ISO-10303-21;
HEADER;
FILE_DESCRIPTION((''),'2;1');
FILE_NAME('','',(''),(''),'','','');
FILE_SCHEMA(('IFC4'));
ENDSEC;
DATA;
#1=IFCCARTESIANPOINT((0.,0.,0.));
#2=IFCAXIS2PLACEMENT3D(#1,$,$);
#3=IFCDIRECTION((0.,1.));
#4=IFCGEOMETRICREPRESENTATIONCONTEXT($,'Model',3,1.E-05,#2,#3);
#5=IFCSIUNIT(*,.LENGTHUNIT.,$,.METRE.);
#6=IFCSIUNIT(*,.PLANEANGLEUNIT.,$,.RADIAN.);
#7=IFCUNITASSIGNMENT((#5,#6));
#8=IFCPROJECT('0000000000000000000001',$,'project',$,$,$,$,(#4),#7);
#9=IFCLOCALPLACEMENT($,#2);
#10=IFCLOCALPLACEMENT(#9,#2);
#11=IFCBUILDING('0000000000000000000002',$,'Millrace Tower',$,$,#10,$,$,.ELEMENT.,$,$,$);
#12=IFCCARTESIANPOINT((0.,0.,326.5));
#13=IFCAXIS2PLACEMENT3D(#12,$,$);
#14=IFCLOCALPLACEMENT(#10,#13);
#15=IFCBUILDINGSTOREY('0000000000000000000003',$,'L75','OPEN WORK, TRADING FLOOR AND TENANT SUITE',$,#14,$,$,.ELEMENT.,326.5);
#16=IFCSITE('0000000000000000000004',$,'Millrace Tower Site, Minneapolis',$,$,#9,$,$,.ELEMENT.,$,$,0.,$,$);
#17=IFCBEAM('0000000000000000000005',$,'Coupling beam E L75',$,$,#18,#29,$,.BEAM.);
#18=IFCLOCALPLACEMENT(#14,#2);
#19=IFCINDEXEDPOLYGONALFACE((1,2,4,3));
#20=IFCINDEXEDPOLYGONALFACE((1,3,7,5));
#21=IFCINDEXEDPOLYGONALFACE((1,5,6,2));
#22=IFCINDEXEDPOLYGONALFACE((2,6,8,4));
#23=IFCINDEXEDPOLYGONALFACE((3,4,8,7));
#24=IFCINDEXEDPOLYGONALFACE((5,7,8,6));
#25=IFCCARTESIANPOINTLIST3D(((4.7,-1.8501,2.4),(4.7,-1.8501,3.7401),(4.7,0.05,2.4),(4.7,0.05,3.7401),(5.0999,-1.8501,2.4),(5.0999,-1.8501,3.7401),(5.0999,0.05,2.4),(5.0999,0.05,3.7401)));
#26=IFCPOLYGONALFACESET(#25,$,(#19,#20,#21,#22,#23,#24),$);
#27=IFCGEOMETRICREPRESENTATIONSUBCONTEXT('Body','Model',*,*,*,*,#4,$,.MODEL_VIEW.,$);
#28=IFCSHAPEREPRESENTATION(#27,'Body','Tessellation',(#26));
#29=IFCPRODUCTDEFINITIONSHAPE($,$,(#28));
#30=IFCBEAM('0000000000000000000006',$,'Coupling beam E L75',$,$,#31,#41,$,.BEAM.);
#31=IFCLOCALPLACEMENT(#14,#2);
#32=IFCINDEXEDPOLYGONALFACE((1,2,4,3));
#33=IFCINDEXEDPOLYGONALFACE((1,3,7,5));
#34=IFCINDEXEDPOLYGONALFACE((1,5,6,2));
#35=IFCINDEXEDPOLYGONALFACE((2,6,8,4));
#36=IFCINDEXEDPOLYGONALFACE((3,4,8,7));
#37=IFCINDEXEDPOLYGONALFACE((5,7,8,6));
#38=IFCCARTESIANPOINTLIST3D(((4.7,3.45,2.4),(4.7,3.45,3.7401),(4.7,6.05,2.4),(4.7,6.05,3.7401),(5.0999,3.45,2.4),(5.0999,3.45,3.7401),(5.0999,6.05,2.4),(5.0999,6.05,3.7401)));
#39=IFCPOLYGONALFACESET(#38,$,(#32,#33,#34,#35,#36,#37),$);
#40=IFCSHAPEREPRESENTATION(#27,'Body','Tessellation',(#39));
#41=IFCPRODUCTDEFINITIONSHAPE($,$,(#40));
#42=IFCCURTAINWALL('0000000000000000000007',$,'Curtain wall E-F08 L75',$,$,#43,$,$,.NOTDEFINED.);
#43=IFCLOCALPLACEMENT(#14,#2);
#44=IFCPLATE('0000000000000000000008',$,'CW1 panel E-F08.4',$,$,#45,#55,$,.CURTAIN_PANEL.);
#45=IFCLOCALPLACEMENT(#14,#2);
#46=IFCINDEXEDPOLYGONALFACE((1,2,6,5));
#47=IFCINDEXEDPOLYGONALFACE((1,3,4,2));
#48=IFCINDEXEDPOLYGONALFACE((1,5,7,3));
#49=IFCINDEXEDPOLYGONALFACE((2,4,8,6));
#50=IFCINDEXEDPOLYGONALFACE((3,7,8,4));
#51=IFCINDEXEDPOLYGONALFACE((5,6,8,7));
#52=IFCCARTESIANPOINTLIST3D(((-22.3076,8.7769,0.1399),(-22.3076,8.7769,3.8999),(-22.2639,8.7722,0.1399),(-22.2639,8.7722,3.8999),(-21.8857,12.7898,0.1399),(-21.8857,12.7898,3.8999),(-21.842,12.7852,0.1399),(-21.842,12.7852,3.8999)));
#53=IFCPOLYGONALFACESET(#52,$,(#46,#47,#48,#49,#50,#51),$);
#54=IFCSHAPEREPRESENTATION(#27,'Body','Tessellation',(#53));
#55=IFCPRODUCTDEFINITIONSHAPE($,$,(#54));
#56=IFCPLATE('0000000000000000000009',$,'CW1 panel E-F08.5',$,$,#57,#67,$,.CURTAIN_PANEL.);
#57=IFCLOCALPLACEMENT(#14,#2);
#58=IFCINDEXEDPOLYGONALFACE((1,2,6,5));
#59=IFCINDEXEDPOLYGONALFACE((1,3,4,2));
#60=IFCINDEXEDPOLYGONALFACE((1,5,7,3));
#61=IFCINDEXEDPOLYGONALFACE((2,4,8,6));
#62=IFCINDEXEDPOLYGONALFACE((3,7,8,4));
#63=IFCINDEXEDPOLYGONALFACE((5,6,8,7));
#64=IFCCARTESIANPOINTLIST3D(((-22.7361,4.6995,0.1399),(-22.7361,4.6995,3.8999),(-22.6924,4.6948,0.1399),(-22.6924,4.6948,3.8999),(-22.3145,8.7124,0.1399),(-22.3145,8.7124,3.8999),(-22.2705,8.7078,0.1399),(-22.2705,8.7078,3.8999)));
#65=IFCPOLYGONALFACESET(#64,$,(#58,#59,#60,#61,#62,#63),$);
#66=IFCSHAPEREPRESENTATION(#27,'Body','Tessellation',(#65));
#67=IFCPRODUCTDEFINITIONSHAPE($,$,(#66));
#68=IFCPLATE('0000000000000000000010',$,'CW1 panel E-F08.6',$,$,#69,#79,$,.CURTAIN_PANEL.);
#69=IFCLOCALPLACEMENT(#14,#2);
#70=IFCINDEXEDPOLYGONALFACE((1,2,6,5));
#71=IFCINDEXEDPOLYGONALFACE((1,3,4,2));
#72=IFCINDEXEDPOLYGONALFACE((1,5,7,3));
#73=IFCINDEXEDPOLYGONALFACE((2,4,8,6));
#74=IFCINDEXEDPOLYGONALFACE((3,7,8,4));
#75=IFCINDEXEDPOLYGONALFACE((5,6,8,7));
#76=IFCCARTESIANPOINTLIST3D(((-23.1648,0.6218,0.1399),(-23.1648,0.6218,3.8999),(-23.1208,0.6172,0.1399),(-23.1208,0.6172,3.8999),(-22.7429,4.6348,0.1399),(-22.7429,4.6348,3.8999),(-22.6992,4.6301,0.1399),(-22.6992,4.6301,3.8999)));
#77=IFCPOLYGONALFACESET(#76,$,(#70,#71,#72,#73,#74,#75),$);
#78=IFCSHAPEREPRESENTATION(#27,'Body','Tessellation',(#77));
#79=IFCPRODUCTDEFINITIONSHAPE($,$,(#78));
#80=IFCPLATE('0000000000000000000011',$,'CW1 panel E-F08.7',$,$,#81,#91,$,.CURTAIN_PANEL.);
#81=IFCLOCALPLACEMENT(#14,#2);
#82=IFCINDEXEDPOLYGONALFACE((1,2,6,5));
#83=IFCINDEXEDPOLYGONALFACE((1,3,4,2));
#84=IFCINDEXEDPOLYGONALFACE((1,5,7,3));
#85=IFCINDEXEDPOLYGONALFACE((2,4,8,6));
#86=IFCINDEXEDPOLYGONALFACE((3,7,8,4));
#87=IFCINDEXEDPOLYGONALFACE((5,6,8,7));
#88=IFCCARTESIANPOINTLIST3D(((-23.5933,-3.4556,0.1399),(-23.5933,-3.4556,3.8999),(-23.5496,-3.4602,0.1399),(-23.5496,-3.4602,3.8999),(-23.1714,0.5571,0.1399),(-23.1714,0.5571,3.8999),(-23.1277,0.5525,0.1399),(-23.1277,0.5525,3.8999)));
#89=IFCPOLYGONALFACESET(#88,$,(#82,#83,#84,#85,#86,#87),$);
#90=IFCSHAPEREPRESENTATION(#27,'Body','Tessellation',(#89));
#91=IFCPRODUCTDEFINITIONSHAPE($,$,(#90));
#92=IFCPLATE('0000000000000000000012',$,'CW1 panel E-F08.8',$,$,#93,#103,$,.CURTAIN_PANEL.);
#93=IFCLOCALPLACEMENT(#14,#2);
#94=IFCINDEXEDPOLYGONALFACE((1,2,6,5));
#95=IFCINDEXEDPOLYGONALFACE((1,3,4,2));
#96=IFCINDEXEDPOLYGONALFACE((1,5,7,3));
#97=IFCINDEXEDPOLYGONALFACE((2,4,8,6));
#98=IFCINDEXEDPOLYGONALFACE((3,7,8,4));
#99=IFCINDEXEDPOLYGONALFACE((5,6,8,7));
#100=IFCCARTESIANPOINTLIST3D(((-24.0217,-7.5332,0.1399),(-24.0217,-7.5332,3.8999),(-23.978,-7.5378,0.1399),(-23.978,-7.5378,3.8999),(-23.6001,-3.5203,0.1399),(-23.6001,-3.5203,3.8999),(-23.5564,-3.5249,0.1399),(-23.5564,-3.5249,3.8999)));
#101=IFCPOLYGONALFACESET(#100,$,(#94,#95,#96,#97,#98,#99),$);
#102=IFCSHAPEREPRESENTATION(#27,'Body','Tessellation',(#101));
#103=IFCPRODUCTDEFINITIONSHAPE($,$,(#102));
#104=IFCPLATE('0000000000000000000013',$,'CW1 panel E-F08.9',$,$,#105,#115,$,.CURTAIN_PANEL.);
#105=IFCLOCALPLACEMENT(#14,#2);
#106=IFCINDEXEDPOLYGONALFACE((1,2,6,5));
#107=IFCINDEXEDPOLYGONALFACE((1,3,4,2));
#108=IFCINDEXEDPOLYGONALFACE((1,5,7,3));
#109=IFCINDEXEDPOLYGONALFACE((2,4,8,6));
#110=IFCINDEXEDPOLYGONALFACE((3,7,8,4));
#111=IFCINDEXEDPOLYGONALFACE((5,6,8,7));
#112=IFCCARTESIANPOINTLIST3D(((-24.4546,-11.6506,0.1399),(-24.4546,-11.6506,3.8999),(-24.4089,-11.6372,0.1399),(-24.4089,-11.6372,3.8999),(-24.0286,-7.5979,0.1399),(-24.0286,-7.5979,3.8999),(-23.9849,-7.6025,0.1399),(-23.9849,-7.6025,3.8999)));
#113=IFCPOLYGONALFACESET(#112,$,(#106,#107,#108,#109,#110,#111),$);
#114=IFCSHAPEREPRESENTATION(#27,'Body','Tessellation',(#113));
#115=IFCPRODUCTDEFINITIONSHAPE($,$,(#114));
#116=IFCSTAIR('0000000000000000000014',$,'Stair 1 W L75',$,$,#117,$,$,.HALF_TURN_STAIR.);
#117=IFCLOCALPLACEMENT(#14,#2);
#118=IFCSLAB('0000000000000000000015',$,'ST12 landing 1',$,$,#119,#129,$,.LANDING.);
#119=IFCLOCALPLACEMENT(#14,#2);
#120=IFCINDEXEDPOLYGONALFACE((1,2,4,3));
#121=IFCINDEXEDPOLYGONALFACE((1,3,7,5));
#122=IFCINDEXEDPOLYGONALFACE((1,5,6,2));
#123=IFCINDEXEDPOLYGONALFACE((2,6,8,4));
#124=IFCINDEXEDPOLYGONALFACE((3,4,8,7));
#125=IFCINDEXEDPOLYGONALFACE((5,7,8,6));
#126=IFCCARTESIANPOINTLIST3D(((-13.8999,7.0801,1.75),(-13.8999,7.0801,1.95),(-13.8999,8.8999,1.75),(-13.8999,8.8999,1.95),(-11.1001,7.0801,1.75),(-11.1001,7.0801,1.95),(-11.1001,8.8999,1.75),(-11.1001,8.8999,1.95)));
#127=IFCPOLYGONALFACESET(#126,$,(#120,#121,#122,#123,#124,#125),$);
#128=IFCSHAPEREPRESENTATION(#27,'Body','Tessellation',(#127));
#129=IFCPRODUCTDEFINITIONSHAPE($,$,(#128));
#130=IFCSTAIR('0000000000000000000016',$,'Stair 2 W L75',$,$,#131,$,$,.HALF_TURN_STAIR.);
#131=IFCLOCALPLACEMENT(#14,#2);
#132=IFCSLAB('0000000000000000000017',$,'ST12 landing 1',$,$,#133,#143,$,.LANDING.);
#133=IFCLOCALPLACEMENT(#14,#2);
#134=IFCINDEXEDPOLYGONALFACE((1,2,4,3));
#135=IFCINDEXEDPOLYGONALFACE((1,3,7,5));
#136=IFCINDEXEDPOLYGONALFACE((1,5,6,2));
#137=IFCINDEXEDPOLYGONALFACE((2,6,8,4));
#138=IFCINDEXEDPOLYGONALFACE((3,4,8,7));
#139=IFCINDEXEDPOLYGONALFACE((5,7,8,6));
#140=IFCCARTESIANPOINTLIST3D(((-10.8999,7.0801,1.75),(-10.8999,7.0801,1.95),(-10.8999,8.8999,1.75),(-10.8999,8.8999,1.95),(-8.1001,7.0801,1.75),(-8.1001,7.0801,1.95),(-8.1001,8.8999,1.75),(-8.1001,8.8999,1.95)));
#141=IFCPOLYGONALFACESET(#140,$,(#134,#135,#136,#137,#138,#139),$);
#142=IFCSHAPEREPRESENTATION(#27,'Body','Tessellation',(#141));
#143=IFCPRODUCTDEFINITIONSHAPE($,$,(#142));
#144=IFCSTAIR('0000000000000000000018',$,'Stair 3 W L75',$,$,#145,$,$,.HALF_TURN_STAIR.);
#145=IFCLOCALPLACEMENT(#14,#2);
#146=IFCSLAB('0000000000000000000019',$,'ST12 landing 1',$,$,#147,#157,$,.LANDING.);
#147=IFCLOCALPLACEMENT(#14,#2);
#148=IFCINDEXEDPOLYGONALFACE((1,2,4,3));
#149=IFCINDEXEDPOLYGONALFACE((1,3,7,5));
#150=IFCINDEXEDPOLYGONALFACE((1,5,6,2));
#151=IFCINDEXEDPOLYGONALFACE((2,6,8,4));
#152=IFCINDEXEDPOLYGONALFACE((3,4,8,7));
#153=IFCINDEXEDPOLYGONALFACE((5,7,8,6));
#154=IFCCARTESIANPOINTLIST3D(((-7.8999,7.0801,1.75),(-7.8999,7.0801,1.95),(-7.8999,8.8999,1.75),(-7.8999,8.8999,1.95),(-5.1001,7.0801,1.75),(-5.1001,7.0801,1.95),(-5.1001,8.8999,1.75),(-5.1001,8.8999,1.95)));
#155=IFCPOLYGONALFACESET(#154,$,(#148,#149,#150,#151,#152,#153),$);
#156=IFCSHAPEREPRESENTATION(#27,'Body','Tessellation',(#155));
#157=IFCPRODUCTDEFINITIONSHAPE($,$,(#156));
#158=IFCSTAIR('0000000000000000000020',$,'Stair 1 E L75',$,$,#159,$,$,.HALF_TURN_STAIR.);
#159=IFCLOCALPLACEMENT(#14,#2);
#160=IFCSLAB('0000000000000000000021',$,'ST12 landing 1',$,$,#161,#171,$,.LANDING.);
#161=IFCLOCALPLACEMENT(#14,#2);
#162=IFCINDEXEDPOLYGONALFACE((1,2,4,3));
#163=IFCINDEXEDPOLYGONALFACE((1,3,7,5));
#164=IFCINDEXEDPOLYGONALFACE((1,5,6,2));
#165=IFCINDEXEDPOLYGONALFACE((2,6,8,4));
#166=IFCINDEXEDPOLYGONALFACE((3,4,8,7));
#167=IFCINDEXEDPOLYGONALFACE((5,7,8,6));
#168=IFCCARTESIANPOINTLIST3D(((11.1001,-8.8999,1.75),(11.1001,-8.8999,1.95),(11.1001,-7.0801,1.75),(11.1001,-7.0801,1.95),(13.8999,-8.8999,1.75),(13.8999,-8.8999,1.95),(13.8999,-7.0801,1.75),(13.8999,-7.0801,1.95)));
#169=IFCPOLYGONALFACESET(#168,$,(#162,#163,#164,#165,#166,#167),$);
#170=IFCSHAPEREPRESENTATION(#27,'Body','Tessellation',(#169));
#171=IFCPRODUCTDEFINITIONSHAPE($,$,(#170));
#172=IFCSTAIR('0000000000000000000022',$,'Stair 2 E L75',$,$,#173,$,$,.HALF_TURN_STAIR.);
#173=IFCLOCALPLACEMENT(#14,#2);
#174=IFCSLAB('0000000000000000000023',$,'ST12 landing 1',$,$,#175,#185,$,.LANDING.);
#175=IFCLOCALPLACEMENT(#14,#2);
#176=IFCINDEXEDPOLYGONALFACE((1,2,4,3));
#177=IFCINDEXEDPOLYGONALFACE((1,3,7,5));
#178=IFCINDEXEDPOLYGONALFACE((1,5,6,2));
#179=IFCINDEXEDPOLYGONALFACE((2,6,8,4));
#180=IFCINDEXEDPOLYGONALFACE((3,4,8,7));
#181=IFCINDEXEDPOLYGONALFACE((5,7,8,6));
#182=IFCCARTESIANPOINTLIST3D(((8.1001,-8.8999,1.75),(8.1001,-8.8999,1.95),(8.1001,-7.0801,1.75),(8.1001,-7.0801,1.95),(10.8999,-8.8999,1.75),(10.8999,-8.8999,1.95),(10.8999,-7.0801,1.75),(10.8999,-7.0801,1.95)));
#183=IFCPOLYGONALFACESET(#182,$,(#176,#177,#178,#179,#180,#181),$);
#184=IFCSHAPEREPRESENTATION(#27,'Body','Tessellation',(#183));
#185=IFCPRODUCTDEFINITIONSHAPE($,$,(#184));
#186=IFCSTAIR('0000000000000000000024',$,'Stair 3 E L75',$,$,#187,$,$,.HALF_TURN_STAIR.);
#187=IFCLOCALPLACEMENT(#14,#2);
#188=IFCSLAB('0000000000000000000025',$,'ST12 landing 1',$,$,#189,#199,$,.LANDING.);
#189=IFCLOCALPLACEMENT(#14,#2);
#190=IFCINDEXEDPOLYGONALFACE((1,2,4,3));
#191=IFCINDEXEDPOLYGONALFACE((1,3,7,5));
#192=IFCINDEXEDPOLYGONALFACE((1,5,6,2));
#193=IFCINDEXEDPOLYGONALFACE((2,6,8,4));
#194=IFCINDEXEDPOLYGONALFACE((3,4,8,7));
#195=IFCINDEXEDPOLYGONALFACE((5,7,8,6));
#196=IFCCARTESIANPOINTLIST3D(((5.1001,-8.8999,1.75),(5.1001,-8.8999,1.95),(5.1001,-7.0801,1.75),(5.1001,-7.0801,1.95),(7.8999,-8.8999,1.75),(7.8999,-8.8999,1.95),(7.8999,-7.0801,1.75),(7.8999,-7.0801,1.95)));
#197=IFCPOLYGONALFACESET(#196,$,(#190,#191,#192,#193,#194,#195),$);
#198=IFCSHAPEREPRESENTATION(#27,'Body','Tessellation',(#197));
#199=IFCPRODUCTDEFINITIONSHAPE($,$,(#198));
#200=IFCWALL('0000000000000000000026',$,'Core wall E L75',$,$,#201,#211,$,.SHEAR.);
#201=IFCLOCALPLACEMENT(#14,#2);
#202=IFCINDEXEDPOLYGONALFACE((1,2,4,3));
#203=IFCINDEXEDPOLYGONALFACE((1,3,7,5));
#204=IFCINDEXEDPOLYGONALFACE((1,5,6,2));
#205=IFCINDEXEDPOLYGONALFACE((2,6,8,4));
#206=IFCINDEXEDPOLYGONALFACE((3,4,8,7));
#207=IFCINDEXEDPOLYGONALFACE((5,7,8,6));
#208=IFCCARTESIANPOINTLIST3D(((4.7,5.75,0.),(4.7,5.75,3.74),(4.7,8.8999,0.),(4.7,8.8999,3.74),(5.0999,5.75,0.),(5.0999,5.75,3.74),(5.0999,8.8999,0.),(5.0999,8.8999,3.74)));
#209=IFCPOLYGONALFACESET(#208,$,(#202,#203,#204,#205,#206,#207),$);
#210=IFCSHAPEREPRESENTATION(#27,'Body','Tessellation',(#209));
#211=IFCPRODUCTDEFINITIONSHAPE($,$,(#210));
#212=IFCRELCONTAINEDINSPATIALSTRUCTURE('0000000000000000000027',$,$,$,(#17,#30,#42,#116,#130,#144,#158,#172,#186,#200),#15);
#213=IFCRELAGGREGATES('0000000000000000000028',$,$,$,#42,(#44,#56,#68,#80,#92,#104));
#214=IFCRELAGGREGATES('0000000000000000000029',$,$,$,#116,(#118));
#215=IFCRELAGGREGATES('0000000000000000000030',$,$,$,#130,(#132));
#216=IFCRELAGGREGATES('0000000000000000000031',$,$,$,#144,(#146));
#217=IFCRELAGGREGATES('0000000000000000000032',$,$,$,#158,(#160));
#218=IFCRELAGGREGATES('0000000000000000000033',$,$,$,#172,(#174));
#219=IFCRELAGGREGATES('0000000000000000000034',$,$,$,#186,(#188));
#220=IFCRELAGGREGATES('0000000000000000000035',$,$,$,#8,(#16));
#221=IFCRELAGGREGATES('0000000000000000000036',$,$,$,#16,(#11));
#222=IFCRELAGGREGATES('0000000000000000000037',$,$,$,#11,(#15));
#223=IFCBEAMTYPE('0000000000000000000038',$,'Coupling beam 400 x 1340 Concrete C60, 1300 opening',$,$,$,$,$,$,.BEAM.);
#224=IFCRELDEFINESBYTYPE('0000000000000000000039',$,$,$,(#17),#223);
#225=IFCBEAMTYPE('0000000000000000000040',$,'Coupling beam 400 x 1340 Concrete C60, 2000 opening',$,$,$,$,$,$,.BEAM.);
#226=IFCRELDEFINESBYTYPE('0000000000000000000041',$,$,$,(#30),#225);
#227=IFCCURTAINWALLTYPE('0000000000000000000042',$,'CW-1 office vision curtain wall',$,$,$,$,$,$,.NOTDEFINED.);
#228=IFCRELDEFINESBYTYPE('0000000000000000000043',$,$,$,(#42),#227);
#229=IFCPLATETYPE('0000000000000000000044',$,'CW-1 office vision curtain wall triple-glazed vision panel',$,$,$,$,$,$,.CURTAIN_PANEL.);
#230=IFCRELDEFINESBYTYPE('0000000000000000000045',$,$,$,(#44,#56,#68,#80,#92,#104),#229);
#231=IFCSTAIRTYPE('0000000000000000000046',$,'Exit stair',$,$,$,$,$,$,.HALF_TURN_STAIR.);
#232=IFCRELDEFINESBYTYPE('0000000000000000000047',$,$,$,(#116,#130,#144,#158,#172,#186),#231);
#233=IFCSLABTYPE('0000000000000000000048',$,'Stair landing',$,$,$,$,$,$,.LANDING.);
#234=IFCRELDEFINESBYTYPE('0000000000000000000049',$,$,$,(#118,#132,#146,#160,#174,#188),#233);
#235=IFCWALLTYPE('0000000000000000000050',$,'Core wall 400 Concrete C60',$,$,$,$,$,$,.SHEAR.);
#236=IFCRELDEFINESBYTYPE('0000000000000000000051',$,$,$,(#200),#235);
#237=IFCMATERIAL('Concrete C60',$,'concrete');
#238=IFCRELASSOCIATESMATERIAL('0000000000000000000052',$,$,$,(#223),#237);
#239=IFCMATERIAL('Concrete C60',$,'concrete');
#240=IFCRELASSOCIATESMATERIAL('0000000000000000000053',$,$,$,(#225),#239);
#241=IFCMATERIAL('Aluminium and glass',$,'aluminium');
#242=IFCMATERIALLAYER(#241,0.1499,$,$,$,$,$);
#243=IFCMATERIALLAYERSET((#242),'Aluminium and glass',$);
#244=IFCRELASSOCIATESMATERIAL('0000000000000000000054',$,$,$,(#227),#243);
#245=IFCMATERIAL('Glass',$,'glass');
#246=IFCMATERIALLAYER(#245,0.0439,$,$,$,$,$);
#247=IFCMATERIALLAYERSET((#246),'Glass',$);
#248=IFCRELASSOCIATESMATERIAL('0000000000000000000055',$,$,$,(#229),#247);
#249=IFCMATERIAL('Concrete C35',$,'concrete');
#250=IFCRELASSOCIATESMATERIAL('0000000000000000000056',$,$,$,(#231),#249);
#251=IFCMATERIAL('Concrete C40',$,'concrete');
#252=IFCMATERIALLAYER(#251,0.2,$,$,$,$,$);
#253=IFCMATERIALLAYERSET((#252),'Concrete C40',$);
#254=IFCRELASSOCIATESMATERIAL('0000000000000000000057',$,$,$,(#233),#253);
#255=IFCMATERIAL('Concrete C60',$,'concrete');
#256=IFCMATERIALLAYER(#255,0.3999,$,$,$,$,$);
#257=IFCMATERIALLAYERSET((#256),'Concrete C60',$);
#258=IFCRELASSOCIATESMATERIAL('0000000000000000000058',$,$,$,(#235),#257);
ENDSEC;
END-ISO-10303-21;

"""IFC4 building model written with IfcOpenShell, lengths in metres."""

from ifc_helpers import new_model, si_unit, direction, frame, frame_2d, origin, origin_2d, place, context, subcontext, project, spatial, polyline, rectangle, outline, extrude, material, layer, layer_set, material_profile, profile_set, type_object, element, aggregate, save


model = new_model("IFC4")

# Units and contexts
model_context = context("Model", 3, precision=1e-05, world=origin(), true_north=direction((0.0, 1.0)))
body_context = subcontext(model_context, "Body", "Model", "MODEL_VIEW")
ifc_project = project(units=[si_unit("LENGTHUNIT", "METRE"), si_unit("PLANEANGLEUNIT", "RADIAN")], contexts=[model_context])

# Site, building, storey
site_placement = place(None, origin())
site = spatial("IfcSite", under=ifc_project, at=site_placement, Name="Millrace Tower Site, Minneapolis", CompositionType="ELEMENT", RefElevation=0.0)
building_placement = place(site_placement, origin())
building = spatial("IfcBuilding", under=site, at=building_placement, Name="Millrace Tower", CompositionType="ELEMENT")
storey_placement = place(building_placement, frame((0.0, 0.0, 326.5)))
storey = spatial("IfcBuildingStorey", under=building, at=storey_placement, Name="L75", Description="OPEN WORK, TRADING FLOOR AND TENANT SUITE", CompositionType="ELEMENT", Elevation=326.5)

# Beams
ifc_material_1 = material(Name="Concrete C60", Category="concrete")
ifc_material_profile_1 = material_profile(ifc_material_1, rectangle(XDim=0.3999, YDim=1.3401, at=origin_2d()))
ifc_profile_set_1 = profile_set([ifc_material_profile_1], Name="Concrete C60")
beam_type_1 = type_object("IfcBeamType", Name="Coupling beam 400 x 1340 Concrete C60, 1300 opening", PredefinedType="BEAM", material=ifc_profile_set_1)
beam_1_placement = place(storey_placement, frame((4.8999, 0.05, 3.0701), z_axis=(0.0, -1.0, 0.0), x_axis=(1.0, 0.0, 0.0)))
element("IfcBeam", 1, at=beam_1_placement, inside=storey, type_object=beam_type_1, Name="Coupling beam E L75", PredefinedType="BEAM", context=body_context, shape_type="SweptSolid", body=[
    extrude(rectangle(XDim=0.3999, YDim=1.3401, at=origin_2d()), origin(), (0.0, 0.0, 1.0), 1.9001),
])
ifc_material_2 = material(Name="Concrete C60", Category="concrete")
ifc_material_profile_2 = material_profile(ifc_material_2, rectangle(XDim=0.3999, YDim=1.3401, at=origin_2d()))
ifc_profile_set_2 = profile_set([ifc_material_profile_2], Name="Concrete C60")
beam_type_2 = type_object("IfcBeamType", Name="Coupling beam 400 x 1340 Concrete C60, 2000 opening", PredefinedType="BEAM", material=ifc_profile_set_2)
beam_2_placement = place(storey_placement, frame((4.8999, 6.05, 3.0701), z_axis=(0.0, -1.0, 0.0), x_axis=(1.0, 0.0, 0.0)))
element("IfcBeam", 2, at=beam_2_placement, inside=storey, type_object=beam_type_2, Name="Coupling beam E L75", PredefinedType="BEAM", context=body_context, shape_type="SweptSolid", body=[
    extrude(rectangle(XDim=0.3999, YDim=1.3401, at=origin_2d()), origin(), (0.0, 0.0, 1.0), 2.6001),
])

# Curtain wall, plates
ifc_material_3 = material(Name="Aluminium and glass", Category="aluminium")
ifc_layer_1 = layer(ifc_material_3, 0.1499)
ifc_layer_set_1 = layer_set([ifc_layer_1], Name="Aluminium and glass")
curtain_wall_type = type_object("IfcCurtainWallType", Name="CW-1 office vision curtain wall", PredefinedType="NOTDEFINED", material=ifc_layer_set_1)
placement_1 = place(storey_placement, origin())
curtain_wall = element("IfcCurtainWall", 3, at=placement_1, inside=storey, type_object=curtain_wall_type, Name="Curtain wall E-F08 L75", PredefinedType="NOTDEFINED")
ifc_material_4 = material(Name="Glass", Category="glass")
ifc_layer_2 = layer(ifc_material_4, 0.0439)
ifc_layer_set_2 = layer_set([ifc_layer_2], Name="Glass")
plate_type = type_object("IfcPlateType", Name="CW-1 office vision curtain wall triple-glazed vision panel", PredefinedType="CURTAIN_PANEL", material=ifc_layer_set_2)
placement_2 = place(storey_placement, frame((0.0, 0.0, 0.1399)))
plate_1 = element("IfcPlate", 4, at=placement_2, type_object=plate_type, Name="CW1 panel E-F08.4", PredefinedType="CURTAIN_PANEL", context=body_context, shape_type="SweptSolid", body=[
    extrude(outline(polyline([(-21.8857, 12.7898), (-22.3076, 8.7769), (-22.2639, 8.7722), (-21.842, 12.7852), (-21.8857, 12.7898)])), origin(), (0.0, 0.0, 1.0), 3.76),
])
plate_2 = element("IfcPlate", 5, at=placement_2, type_object=plate_type, Name="CW1 panel E-F08.5", PredefinedType="CURTAIN_PANEL", context=body_context, shape_type="SweptSolid", body=[
    extrude(outline(polyline([(-22.3145, 8.7124), (-22.7361, 4.6995), (-22.6924, 4.6948), (-22.2705, 8.7078), (-22.3145, 8.7124)])), origin(), (0.0, 0.0, 1.0), 3.76),
])
plate_3 = element("IfcPlate", 6, at=placement_2, type_object=plate_type, Name="CW1 panel E-F08.6", PredefinedType="CURTAIN_PANEL", context=body_context, shape_type="SweptSolid", body=[
    extrude(outline(polyline([(-22.7429, 4.6348), (-23.1648, 0.6218), (-23.1208, 0.6172), (-22.6992, 4.6301), (-22.7429, 4.6348)])), origin(), (0.0, 0.0, 1.0), 3.76),
])
plate_4 = element("IfcPlate", 7, at=placement_2, type_object=plate_type, Name="CW1 panel E-F08.7", PredefinedType="CURTAIN_PANEL", context=body_context, shape_type="SweptSolid", body=[
    extrude(outline(polyline([(-23.1714, 0.5571), (-23.5933, -3.4556), (-23.5496, -3.4602), (-23.1277, 0.5525), (-23.1714, 0.5571)])), origin(), (0.0, 0.0, 1.0), 3.76),
])
plate_5 = element("IfcPlate", 8, at=placement_2, type_object=plate_type, Name="CW1 panel E-F08.8", PredefinedType="CURTAIN_PANEL", context=body_context, shape_type="SweptSolid", body=[
    extrude(outline(polyline([(-23.6001, -3.5203), (-24.0217, -7.5332), (-23.978, -7.5378), (-23.5564, -3.5249), (-23.6001, -3.5203)])), origin(), (0.0, 0.0, 1.0), 3.76),
])
plate_6 = element("IfcPlate", 9, at=placement_2, type_object=plate_type, Name="CW1 panel E-F08.9", PredefinedType="CURTAIN_PANEL", context=body_context, shape_type="SweptSolid", body=[
    extrude(outline(polyline([(-24.0286, -7.5979), (-24.4546, -11.6506), (-24.4089, -11.6372), (-23.9849, -7.6025), (-24.0286, -7.5979)])), origin(), (0.0, 0.0, 1.0), 3.76),
])
aggregate(curtain_wall, [plate_1, plate_2, plate_3, plate_4, plate_5, plate_6])

# Stairs, slabs
ifc_material_5 = material(Name="Concrete C35", Category="concrete")
stair_type = type_object("IfcStairType", Name="Exit stair", PredefinedType="HALF_TURN_STAIR", material=ifc_material_5)
stair_1 = element("IfcStair", 10, at=placement_1, inside=storey, type_object=stair_type, Name="Stair 1 W L75", PredefinedType="HALF_TURN_STAIR")
ifc_material_6 = material(Name="Concrete C40", Category="concrete")
ifc_layer_3 = layer(ifc_material_6, 0.2)
ifc_layer_set_3 = layer_set([ifc_layer_3], Name="Concrete C40")
slab_type = type_object("IfcSlabType", Name="Stair landing", PredefinedType="LANDING", material=ifc_layer_set_3)
placement_3 = place(storey_placement, frame((0.0, 0.0, 1.75)))
slab_1 = element("IfcSlab", 11, at=placement_3, type_object=slab_type, Name="ST12 landing 1", PredefinedType="LANDING", context=body_context, shape_type="SweptSolid", body=[
    extrude(outline(polyline([(-13.8999, 7.0801), (-11.1001, 7.0801), (-11.1001, 8.8999), (-13.8999, 8.8999), (-13.8999, 7.0801)])), origin(), (0.0, 0.0, 1.0), 0.2),
])
aggregate(stair_1, [slab_1])
stair_2 = element("IfcStair", 12, at=placement_1, inside=storey, type_object=stair_type, Name="Stair 2 W L75", PredefinedType="HALF_TURN_STAIR")
slab_2 = element("IfcSlab", 13, at=placement_3, type_object=slab_type, Name="ST12 landing 1", PredefinedType="LANDING", context=body_context, shape_type="SweptSolid", body=[
    extrude(outline(polyline([(-10.8999, 7.0801), (-8.1001, 7.0801), (-8.1001, 8.8999), (-10.8999, 8.8999), (-10.8999, 7.0801)])), origin(), (0.0, 0.0, 1.0), 0.2),
])
aggregate(stair_2, [slab_2])
stair_3 = element("IfcStair", 14, at=placement_1, inside=storey, type_object=stair_type, Name="Stair 3 W L75", PredefinedType="HALF_TURN_STAIR")
slab_3 = element("IfcSlab", 15, at=placement_3, type_object=slab_type, Name="ST12 landing 1", PredefinedType="LANDING", context=body_context, shape_type="SweptSolid", body=[
    extrude(outline(polyline([(-7.8999, 7.0801), (-5.1001, 7.0801), (-5.1001, 8.8999), (-7.8999, 8.8999), (-7.8999, 7.0801)])), origin(), (0.0, 0.0, 1.0), 0.2),
])
aggregate(stair_3, [slab_3])
stair_4 = element("IfcStair", 16, at=placement_1, inside=storey, type_object=stair_type, Name="Stair 1 E L75", PredefinedType="HALF_TURN_STAIR")
slab_4 = element("IfcSlab", 17, at=placement_3, type_object=slab_type, Name="ST12 landing 1", PredefinedType="LANDING", context=body_context, shape_type="SweptSolid", body=[
    extrude(outline(polyline([(11.1001, -8.8999), (13.8999, -8.8999), (13.8999, -7.0801), (11.1001, -7.0801), (11.1001, -8.8999)])), origin(), (0.0, 0.0, 1.0), 0.2),
])
aggregate(stair_4, [slab_4])
stair_5 = element("IfcStair", 18, at=placement_1, inside=storey, type_object=stair_type, Name="Stair 2 E L75", PredefinedType="HALF_TURN_STAIR")
slab_5 = element("IfcSlab", 19, at=placement_3, type_object=slab_type, Name="ST12 landing 1", PredefinedType="LANDING", context=body_context, shape_type="SweptSolid", body=[
    extrude(outline(polyline([(8.1001, -8.8999), (10.8999, -8.8999), (10.8999, -7.0801), (8.1001, -7.0801), (8.1001, -8.8999)])), origin(), (0.0, 0.0, 1.0), 0.2),
])
aggregate(stair_5, [slab_5])
stair_6 = element("IfcStair", 20, at=placement_1, inside=storey, type_object=stair_type, Name="Stair 3 E L75", PredefinedType="HALF_TURN_STAIR")
slab_6 = element("IfcSlab", 21, at=placement_3, type_object=slab_type, Name="ST12 landing 1", PredefinedType="LANDING", context=body_context, shape_type="SweptSolid", body=[
    extrude(outline(polyline([(5.1001, -8.8999), (7.8999, -8.8999), (7.8999, -7.0801), (5.1001, -7.0801), (5.1001, -8.8999)])), origin(), (0.0, 0.0, 1.0), 0.2),
])
aggregate(stair_6, [slab_6])

# Wall
ifc_material_7 = material(Name="Concrete C60", Category="concrete")
ifc_layer_4 = layer(ifc_material_7, 0.3999)
ifc_layer_set_4 = layer_set([ifc_layer_4], Name="Concrete C60")
wall_type_1 = type_object("IfcWallType", Name="Core wall 400 Concrete C60", PredefinedType="SHEAR", material=ifc_layer_set_4)
wall_1_placement = place(storey_placement, frame((4.8999, 8.8999, 0.0), z_axis=(0.0, 0.0, 1.0), x_axis=(0.0, -1.0, 0.0)))
element("IfcWall", 22, at=wall_1_placement, inside=storey, type_object=wall_type_1, Name="Core wall E L75", PredefinedType="SHEAR", context=body_context, shape_type="SweptSolid", body=[
    extrude(rectangle(XDim=3.1499, YDim=0.3999, at=frame_2d((1.575, 0.0))), origin(), (0.0, 0.0, 1.0), 3.74),
])

save(model, "model.ifc")
